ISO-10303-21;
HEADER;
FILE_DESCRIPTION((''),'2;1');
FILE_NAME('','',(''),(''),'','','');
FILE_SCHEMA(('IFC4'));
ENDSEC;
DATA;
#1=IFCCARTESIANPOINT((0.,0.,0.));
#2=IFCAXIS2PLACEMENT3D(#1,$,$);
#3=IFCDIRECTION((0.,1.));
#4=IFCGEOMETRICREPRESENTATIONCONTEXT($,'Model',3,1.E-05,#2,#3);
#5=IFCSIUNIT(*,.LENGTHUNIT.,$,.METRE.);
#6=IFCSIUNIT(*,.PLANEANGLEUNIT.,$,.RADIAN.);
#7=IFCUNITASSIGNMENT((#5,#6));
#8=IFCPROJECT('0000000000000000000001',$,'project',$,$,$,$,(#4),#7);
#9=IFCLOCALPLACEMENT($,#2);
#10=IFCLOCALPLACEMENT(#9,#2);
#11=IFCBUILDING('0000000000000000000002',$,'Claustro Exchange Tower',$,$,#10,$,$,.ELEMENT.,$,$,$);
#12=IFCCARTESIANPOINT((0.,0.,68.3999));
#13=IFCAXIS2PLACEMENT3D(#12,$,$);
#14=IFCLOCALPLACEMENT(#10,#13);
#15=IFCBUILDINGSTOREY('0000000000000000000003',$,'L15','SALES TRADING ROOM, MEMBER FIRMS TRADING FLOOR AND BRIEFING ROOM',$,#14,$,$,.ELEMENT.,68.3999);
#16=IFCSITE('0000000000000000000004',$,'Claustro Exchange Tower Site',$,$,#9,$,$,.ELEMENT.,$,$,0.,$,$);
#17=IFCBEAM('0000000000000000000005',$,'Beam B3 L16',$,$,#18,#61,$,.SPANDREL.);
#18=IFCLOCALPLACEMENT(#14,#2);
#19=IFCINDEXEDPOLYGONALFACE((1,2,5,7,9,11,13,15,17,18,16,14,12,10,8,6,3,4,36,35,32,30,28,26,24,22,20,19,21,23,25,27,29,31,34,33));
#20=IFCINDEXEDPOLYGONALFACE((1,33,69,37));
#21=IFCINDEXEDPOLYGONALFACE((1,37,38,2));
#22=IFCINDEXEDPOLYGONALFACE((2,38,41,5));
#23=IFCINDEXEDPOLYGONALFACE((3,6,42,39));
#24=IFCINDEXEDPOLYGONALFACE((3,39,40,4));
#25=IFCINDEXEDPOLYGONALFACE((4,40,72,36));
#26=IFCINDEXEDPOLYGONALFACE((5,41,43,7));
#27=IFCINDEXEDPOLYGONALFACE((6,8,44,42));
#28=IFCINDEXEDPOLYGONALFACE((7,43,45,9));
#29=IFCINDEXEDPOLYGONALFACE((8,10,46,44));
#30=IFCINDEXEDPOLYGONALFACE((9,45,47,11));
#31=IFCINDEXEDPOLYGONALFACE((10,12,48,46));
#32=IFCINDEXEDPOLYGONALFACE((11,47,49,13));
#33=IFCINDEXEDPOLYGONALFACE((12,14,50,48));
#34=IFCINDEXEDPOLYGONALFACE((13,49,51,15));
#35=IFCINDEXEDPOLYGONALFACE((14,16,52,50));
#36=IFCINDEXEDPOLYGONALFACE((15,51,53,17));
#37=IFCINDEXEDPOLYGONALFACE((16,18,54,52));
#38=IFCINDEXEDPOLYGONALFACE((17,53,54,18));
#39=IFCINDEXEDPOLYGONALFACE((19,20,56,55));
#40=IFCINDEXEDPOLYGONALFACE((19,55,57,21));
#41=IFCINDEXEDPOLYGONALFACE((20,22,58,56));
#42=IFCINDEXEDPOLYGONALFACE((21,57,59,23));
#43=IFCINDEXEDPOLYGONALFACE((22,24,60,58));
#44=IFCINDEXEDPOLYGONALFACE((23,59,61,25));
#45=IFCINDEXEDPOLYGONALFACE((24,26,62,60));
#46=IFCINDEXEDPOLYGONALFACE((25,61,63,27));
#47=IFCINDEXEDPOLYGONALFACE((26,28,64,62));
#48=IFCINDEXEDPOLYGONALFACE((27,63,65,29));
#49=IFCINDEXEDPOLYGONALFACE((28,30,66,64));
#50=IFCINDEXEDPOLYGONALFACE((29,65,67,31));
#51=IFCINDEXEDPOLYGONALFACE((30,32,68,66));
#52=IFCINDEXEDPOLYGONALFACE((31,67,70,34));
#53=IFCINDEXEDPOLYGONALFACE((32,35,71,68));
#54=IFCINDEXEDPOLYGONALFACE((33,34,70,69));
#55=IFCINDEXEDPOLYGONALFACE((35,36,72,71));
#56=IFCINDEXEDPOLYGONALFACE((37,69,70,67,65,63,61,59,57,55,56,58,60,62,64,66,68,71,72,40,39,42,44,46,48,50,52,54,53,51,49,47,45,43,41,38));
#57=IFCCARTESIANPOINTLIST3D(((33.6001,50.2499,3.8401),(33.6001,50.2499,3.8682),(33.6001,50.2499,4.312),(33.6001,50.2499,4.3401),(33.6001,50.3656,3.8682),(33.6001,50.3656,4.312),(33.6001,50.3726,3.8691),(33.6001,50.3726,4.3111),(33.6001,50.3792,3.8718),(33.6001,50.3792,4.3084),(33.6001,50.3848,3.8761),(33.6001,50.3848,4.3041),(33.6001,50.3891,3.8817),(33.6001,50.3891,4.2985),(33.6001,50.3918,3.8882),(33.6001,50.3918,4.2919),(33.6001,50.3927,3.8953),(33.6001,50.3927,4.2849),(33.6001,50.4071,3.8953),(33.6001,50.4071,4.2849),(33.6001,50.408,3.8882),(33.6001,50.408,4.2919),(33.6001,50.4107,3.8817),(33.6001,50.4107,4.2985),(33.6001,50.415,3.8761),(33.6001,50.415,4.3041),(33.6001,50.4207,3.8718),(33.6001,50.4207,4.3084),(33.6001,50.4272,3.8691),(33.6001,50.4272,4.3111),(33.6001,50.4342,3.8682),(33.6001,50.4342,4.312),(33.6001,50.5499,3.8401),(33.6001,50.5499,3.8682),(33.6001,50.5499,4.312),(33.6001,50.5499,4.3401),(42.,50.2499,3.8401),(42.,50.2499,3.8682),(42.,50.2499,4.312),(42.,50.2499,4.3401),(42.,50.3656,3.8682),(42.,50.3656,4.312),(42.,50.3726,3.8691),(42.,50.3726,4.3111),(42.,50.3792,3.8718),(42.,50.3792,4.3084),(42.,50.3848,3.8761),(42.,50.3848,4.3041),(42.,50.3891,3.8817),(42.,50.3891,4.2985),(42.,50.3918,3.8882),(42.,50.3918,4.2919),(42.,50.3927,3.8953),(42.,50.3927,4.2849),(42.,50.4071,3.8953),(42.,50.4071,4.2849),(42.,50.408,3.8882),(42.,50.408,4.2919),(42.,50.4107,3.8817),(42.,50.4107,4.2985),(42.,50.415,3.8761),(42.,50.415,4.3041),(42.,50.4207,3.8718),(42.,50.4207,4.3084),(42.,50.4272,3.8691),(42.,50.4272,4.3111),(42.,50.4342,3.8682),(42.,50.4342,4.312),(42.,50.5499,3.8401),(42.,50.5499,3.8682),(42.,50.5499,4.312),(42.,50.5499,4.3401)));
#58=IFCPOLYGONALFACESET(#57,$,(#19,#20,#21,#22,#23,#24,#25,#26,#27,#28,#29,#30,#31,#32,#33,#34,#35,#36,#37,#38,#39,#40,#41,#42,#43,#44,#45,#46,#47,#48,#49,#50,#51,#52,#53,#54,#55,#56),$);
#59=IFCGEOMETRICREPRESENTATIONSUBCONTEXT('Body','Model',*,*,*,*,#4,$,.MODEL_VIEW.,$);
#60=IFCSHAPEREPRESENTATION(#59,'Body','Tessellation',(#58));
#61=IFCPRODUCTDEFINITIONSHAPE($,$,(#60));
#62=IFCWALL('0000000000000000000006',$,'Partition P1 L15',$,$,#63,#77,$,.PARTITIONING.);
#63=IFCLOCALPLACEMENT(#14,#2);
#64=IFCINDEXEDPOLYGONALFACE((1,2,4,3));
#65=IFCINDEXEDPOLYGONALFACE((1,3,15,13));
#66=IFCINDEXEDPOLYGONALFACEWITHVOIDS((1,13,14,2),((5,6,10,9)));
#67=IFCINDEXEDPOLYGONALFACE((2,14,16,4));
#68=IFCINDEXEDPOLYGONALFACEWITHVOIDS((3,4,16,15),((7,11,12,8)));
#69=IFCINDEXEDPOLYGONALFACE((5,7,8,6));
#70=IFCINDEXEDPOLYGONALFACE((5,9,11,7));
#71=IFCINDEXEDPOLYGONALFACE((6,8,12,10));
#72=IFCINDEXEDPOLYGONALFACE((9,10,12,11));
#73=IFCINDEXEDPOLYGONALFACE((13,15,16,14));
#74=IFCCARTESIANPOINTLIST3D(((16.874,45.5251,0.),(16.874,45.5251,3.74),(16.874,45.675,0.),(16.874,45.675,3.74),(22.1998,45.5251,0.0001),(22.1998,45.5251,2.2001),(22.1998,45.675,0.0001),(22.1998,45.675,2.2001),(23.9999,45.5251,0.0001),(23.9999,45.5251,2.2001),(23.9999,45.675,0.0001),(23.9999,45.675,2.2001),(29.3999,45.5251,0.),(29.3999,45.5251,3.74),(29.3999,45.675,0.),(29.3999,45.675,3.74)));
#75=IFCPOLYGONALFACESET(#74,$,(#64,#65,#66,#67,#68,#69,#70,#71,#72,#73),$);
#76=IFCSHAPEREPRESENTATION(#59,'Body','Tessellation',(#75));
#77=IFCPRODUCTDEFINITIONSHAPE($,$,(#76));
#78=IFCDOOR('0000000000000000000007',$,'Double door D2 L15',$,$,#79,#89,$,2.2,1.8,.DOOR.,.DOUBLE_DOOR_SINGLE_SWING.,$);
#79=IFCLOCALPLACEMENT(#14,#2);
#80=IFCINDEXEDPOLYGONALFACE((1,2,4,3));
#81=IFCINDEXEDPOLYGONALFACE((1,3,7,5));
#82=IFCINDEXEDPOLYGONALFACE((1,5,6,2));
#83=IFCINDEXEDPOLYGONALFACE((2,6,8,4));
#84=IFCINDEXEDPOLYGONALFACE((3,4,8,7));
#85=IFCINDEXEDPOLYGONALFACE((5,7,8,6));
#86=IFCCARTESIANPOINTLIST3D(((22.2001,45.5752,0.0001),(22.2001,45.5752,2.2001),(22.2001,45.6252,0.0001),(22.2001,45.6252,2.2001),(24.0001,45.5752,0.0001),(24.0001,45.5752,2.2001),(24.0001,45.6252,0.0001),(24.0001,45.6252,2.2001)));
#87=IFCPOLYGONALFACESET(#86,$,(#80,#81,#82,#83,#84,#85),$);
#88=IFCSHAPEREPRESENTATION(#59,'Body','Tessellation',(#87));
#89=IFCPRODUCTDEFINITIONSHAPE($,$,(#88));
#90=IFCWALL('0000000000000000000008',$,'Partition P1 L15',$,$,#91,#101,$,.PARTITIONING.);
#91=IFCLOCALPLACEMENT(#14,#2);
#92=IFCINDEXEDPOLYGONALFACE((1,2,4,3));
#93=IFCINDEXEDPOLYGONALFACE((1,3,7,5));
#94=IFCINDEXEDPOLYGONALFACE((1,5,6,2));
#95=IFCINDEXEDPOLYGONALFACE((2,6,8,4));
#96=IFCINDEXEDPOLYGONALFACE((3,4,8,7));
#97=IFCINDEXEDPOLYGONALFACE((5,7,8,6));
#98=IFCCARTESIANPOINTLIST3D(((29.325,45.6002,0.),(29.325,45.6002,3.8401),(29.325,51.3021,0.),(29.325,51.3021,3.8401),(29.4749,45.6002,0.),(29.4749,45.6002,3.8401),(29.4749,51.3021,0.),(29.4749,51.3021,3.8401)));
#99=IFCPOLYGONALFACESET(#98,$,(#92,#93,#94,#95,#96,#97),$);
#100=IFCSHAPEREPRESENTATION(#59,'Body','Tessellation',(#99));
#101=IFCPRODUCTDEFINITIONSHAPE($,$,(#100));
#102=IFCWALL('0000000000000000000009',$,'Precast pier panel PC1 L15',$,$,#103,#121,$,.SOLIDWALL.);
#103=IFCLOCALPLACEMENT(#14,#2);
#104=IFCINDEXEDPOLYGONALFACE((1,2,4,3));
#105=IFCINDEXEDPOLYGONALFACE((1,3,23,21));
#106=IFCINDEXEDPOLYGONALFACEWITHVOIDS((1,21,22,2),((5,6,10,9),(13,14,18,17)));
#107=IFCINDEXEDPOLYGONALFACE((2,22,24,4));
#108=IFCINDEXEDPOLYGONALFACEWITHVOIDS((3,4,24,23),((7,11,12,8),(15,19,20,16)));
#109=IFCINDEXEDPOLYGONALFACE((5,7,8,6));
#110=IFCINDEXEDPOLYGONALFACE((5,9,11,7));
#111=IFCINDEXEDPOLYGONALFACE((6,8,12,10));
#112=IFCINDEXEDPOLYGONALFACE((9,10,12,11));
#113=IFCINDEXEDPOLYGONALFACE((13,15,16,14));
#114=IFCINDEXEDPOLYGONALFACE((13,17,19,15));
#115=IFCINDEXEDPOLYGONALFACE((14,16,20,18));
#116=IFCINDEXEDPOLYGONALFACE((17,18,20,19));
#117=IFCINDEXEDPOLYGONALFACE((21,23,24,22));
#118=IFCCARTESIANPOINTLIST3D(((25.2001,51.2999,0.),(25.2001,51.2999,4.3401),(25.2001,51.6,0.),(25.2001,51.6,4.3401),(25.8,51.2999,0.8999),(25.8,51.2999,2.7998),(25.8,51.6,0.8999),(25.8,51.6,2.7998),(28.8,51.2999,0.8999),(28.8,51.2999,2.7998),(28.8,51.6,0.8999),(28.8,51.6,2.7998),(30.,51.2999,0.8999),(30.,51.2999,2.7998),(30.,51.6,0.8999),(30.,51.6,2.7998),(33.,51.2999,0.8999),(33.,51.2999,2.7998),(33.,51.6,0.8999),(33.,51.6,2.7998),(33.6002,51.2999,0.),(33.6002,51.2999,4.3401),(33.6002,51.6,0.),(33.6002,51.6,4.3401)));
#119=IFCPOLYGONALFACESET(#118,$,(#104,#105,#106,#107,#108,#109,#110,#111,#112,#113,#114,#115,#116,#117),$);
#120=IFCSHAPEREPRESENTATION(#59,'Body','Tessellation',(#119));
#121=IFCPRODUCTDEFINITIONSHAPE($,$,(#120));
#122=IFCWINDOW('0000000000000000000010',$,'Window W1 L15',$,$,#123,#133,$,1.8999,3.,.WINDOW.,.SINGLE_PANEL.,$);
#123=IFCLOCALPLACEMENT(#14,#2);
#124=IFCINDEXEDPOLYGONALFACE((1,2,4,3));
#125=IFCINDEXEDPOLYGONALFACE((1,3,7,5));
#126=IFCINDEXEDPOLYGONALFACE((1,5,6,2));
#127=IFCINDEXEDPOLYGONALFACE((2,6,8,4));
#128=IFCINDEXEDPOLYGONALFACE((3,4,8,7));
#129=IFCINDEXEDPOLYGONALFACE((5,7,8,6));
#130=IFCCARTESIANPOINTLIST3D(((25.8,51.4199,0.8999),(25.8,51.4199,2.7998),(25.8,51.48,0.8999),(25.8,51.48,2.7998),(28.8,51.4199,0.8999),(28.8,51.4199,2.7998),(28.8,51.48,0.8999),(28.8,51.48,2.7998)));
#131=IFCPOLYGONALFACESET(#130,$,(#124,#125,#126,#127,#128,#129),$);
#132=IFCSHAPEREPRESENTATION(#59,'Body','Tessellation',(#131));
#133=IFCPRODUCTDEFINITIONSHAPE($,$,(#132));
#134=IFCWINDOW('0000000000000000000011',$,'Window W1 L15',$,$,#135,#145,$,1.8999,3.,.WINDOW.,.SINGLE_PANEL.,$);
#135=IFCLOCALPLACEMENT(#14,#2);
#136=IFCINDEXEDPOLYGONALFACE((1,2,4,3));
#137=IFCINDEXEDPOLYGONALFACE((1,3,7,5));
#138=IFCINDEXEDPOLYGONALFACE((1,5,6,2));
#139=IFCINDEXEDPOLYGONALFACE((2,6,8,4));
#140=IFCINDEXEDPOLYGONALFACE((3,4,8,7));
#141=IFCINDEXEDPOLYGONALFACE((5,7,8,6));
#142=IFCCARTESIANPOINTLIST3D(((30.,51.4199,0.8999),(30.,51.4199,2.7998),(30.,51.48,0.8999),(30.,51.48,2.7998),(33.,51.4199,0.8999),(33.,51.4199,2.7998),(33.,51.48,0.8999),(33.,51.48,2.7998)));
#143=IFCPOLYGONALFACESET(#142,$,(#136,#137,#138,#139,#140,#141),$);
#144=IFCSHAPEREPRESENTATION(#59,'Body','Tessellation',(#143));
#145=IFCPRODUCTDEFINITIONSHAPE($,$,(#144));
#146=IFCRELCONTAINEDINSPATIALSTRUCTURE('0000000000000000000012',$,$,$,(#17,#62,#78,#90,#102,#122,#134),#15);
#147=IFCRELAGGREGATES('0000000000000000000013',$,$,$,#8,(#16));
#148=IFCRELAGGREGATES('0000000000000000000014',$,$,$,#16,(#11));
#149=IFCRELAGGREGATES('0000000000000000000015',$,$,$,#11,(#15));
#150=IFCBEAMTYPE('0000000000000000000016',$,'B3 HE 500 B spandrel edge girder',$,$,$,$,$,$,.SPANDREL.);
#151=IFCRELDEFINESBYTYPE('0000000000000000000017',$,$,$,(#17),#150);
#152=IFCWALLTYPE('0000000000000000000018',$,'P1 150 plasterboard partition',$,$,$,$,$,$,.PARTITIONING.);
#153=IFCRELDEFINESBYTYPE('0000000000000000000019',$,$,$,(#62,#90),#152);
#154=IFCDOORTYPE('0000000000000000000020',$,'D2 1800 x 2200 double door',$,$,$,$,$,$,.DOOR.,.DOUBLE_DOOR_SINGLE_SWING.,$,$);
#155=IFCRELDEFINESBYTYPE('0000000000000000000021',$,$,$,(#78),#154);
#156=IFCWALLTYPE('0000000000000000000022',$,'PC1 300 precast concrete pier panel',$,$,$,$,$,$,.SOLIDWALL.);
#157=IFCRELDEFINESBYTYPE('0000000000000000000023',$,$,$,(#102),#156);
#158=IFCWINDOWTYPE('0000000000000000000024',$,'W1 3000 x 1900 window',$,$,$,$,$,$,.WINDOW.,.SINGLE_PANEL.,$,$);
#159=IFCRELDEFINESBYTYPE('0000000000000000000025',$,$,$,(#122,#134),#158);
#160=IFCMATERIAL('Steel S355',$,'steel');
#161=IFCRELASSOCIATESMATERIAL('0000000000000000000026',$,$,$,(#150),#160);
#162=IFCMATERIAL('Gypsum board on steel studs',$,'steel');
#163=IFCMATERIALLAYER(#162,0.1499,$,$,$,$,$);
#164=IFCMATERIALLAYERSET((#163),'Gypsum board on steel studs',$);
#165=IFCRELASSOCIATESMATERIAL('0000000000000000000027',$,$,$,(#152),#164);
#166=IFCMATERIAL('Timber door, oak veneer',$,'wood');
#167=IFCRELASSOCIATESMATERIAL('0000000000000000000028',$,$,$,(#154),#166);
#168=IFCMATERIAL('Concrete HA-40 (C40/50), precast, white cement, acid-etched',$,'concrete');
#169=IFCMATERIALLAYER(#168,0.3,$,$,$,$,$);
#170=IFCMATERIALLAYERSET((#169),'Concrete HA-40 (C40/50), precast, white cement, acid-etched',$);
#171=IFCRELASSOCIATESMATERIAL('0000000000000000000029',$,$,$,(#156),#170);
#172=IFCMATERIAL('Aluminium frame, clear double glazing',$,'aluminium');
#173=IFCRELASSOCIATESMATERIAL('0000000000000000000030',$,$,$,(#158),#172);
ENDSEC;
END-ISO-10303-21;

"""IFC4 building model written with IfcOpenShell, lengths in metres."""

from ifc_helpers import new_model, si_unit, direction, frame, frame_2d, origin, origin_2d, place, context, subcontext, project, spatial, rectangle, i_section, extrude, material, layer, layer_set, material_profile, profile_set, type_object, element, fill, save


model = new_model("IFC4")

# Units and contexts
model_context = context("Model", 3, precision=1e-05, world=origin(), true_north=direction((0.0, 1.0)))
body_context = subcontext(model_context, "Body", "Model", "MODEL_VIEW")
ifc_project = project(units=[si_unit("LENGTHUNIT", "METRE"), si_unit("PLANEANGLEUNIT", "RADIAN")], contexts=[model_context])

# Site, building, storey
site_placement = place(None, origin())
site = spatial("IfcSite", under=ifc_project, at=site_placement, Name="Claustro Exchange Tower Site", CompositionType="ELEMENT", RefElevation=0.0)
building_placement = place(site_placement, origin())
building = spatial("IfcBuilding", under=site, at=building_placement, Name="Claustro Exchange Tower", CompositionType="ELEMENT")
storey_placement = place(building_placement, frame((0.0, 0.0, 68.3999)))
storey = spatial("IfcBuildingStorey", under=building, at=storey_placement, Name="L15", Description="SALES TRADING ROOM, MEMBER FIRMS TRADING FLOOR AND BRIEFING ROOM", CompositionType="ELEMENT", Elevation=68.3999)

# Beam
ifc_material_1 = material(Name="Steel S355", Category="steel")
ifc_material_profile_1 = material_profile(ifc_material_1, i_section(OverallWidth=0.3, OverallDepth=0.5, WebThickness=0.0144, FlangeThickness=0.0281, FilletRadius=0.0271, at=origin_2d()), Name="HE 500 B")
ifc_profile_set_1 = profile_set([ifc_material_profile_1], Name="Steel S355")
beam_type_1 = type_object("IfcBeamType", Name="B3 HE 500 B spandrel edge girder", PredefinedType="SPANDREL", material=ifc_profile_set_1)
beam_1_placement = place(storey_placement, frame((33.6001, 50.3999, 4.0901), z_axis=(1.0, 0.0, 0.0), x_axis=(0.0, 1.0, 0.0)))
element("IfcBeam", 1, at=beam_1_placement, inside=storey, type_object=beam_type_1, Name="Beam B3 L16", PredefinedType="SPANDREL", context=body_context, shape_type="SweptSolid", body=[
    extrude(i_section(OverallWidth=0.3, OverallDepth=0.5, WebThickness=0.0144, FlangeThickness=0.0281, FilletRadius=0.0271, at=origin_2d()), origin(), (0.0, 0.0, 1.0), 8.3999),
])

# Wall, opening, door
ifc_material_2 = material(Name="Gypsum board on steel studs", Category="steel")
ifc_layer_1 = layer(ifc_material_2, 0.1499)
ifc_layer_set_1 = layer_set([ifc_layer_1], Name="Gypsum board on steel studs")
wall_type_1 = type_object("IfcWallType", Name="P1 150 plasterboard partition", PredefinedType="PARTITIONING", material=ifc_layer_set_1)
wall_1_placement = place(storey_placement, frame((16.874, 45.6001, 0.0), z_axis=(0.0, 0.0, 1.0), x_axis=(1.0, 0.0, 0.0)))
wall_1 = element("IfcWall", 2, at=wall_1_placement, inside=storey, type_object=wall_type_1, Name="Partition P1 L15", PredefinedType="PARTITIONING", context=body_context, shape_type="SweptSolid", body=[
    extrude(rectangle(XDim=12.5259, YDim=0.1499, at=frame_2d((6.2629, 0.0))), origin(), (0.0, 0.0, 1.0), 3.74),
])
opening_1_placement = place(wall_1_placement, frame((5.3259, 0.0, 0.0)))
opening_1 = element("IfcOpeningElement", 3, at=opening_1_placement, cuts=wall_1, PredefinedType="OPENING", context=body_context, shape_type="SweptSolid", body=[
    extrude(rectangle(XDim=1.8, YDim=2.2, at=frame_2d((0.8999, 1.1001))), frame((0.0, 0.085, 0.0), z_axis=(0.0, -1.0, 0.0), x_axis=(1.0, 0.0, 0.0)), (0.0, 0.0, 1.0), 0.1699),
])
ifc_material_3 = material(Name="Timber door, oak veneer", Category="wood")
door_type = type_object("IfcDoorType", Name="D2 1800 x 2200 double door", OperationType="DOUBLE_DOOR_SINGLE_SWING", PredefinedType="DOOR", material=ifc_material_3)
door_placement = place(opening_1_placement, frame((1.8, 0.0, 0.0), z_axis=(0.0, 0.0, 1.0), x_axis=(-1.0, 0.0, 0.0)))
door = element("IfcDoor", 4, at=door_placement, inside=storey, type_object=door_type, Name="Double door D2 L15", OperationType="DOUBLE_DOOR_SINGLE_SWING", OverallHeight=2.2, OverallWidth=1.8, PredefinedType="DOOR", context=body_context, shape_type="SweptSolid", body=[
    extrude(rectangle(XDim=1.8, YDim=2.2, at=frame_2d((0.8999, 1.1001))), frame((0.0, 0.0249, 0.0), z_axis=(0.0, -1.0, 0.0), x_axis=(1.0, 0.0, 0.0)), (0.0, 0.0, 1.0), 0.05),
])
fill(opening_1, door)

# Wall
wall_2_placement = place(storey_placement, frame((29.3999, 45.6001, 0.0), z_axis=(0.0, 0.0, 1.0), x_axis=(0.0, 1.0, 0.0)))
element("IfcWall", 5, at=wall_2_placement, inside=storey, type_object=wall_type_1, Name="Partition P1 L15", PredefinedType="PARTITIONING", context=body_context, shape_type="SweptSolid", body=[
    extrude(rectangle(XDim=5.7019, YDim=0.1499, at=frame_2d((2.8511, 0.0))), origin(), (0.0, 0.0, 1.0), 3.8401),
])

# Wall, openings, windows
ifc_material_4 = material(Name="Concrete HA-40 (C40/50), precast, white cement, acid-etched", Category="concrete")
ifc_layer_2 = layer(ifc_material_4, 0.3)
ifc_layer_set_2 = layer_set([ifc_layer_2], Name="Concrete HA-40 (C40/50), precast, white cement, acid-etched")
wall_type_2 = type_object("IfcWallType", Name="PC1 300 precast concrete pier panel", PredefinedType="SOLIDWALL", material=ifc_layer_set_2)
wall_3_placement = place(storey_placement, frame((25.2, 51.45, 0.0), z_axis=(0.0, 0.0, 1.0), x_axis=(1.0, 0.0, 0.0)))
wall_3 = element("IfcWall", 6, at=wall_3_placement, inside=storey, type_object=wall_type_2, Name="Precast pier panel PC1 L15", PredefinedType="SOLIDWALL", context=body_context, shape_type="SweptSolid", body=[
    extrude(rectangle(XDim=8.4001, YDim=0.3, at=frame_2d((4.2002, 0.0))), origin(), (0.0, 0.0, 1.0), 4.3401),
])
opening_2_placement = place(wall_3_placement, frame((0.6001, 0.0, 0.8999)))
opening_2 = element("IfcOpeningElement", 7, at=opening_2_placement, cuts=wall_3, PredefinedType="OPENING", context=body_context, shape_type="SweptSolid", body=[
    extrude(rectangle(XDim=3.0, YDim=1.8999, at=frame_2d((1.5, 0.95))), frame((0.0, 0.1599, 0.0), z_axis=(0.0, -1.0, 0.0), x_axis=(1.0, 0.0, 0.0)), (0.0, 0.0, 1.0), 0.3201),
])
opening_3_placement = place(wall_3_placement, frame((4.8, 0.0, 0.8999)))
opening_3 = element("IfcOpeningElement", 8, at=opening_3_placement, cuts=wall_3, PredefinedType="OPENING", context=body_context, shape_type="SweptSolid", body=[
    extrude(rectangle(XDim=3.0, YDim=1.8999, at=frame_2d((1.5, 0.95))), frame((0.0, 0.1599, 0.0), z_axis=(0.0, -1.0, 0.0), x_axis=(1.0, 0.0, 0.0)), (0.0, 0.0, 1.0), 0.3201),
])
ifc_material_5 = material(Name="Aluminium frame, clear double glazing", Category="aluminium")
window_type = type_object("IfcWindowType", Name="W1 3000 x 1900 window", PartitioningType="SINGLE_PANEL", PredefinedType="WINDOW", material=ifc_material_5)
window_1_placement = place(opening_2_placement, origin())
window_1 = element("IfcWindow", 9, at=window_1_placement, inside=storey, type_object=window_type, Name="Window W1 L15", OverallHeight=1.8999, OverallWidth=3.0, PartitioningType="SINGLE_PANEL", PredefinedType="WINDOW", context=body_context, shape_type="SweptSolid", body=[
    extrude(rectangle(XDim=3.0, YDim=1.8999, at=frame_2d((1.5, 0.95))), frame((0.0, 0.03, 0.0), z_axis=(0.0, -1.0, 0.0), x_axis=(1.0, 0.0, 0.0)), (0.0, 0.0, 1.0), 0.0601),
])
fill(opening_2, window_1)
window_2_placement = place(opening_3_placement, origin())
window_2 = element("IfcWindow", 10, at=window_2_placement, inside=storey, type_object=window_type, Name="Window W1 L15", OverallHeight=1.8999, OverallWidth=3.0, PartitioningType="SINGLE_PANEL", PredefinedType="WINDOW", context=body_context, shape_type="SweptSolid", body=[
    extrude(rectangle(XDim=3.0, YDim=1.8999, at=frame_2d((1.5, 0.95))), frame((0.0, 0.03, 0.0), z_axis=(0.0, -1.0, 0.0), x_axis=(1.0, 0.0, 0.0)), (0.0, 0.0, 1.0), 0.0601),
])
fill(opening_3, window_2)

save(model, "model.ifc")
